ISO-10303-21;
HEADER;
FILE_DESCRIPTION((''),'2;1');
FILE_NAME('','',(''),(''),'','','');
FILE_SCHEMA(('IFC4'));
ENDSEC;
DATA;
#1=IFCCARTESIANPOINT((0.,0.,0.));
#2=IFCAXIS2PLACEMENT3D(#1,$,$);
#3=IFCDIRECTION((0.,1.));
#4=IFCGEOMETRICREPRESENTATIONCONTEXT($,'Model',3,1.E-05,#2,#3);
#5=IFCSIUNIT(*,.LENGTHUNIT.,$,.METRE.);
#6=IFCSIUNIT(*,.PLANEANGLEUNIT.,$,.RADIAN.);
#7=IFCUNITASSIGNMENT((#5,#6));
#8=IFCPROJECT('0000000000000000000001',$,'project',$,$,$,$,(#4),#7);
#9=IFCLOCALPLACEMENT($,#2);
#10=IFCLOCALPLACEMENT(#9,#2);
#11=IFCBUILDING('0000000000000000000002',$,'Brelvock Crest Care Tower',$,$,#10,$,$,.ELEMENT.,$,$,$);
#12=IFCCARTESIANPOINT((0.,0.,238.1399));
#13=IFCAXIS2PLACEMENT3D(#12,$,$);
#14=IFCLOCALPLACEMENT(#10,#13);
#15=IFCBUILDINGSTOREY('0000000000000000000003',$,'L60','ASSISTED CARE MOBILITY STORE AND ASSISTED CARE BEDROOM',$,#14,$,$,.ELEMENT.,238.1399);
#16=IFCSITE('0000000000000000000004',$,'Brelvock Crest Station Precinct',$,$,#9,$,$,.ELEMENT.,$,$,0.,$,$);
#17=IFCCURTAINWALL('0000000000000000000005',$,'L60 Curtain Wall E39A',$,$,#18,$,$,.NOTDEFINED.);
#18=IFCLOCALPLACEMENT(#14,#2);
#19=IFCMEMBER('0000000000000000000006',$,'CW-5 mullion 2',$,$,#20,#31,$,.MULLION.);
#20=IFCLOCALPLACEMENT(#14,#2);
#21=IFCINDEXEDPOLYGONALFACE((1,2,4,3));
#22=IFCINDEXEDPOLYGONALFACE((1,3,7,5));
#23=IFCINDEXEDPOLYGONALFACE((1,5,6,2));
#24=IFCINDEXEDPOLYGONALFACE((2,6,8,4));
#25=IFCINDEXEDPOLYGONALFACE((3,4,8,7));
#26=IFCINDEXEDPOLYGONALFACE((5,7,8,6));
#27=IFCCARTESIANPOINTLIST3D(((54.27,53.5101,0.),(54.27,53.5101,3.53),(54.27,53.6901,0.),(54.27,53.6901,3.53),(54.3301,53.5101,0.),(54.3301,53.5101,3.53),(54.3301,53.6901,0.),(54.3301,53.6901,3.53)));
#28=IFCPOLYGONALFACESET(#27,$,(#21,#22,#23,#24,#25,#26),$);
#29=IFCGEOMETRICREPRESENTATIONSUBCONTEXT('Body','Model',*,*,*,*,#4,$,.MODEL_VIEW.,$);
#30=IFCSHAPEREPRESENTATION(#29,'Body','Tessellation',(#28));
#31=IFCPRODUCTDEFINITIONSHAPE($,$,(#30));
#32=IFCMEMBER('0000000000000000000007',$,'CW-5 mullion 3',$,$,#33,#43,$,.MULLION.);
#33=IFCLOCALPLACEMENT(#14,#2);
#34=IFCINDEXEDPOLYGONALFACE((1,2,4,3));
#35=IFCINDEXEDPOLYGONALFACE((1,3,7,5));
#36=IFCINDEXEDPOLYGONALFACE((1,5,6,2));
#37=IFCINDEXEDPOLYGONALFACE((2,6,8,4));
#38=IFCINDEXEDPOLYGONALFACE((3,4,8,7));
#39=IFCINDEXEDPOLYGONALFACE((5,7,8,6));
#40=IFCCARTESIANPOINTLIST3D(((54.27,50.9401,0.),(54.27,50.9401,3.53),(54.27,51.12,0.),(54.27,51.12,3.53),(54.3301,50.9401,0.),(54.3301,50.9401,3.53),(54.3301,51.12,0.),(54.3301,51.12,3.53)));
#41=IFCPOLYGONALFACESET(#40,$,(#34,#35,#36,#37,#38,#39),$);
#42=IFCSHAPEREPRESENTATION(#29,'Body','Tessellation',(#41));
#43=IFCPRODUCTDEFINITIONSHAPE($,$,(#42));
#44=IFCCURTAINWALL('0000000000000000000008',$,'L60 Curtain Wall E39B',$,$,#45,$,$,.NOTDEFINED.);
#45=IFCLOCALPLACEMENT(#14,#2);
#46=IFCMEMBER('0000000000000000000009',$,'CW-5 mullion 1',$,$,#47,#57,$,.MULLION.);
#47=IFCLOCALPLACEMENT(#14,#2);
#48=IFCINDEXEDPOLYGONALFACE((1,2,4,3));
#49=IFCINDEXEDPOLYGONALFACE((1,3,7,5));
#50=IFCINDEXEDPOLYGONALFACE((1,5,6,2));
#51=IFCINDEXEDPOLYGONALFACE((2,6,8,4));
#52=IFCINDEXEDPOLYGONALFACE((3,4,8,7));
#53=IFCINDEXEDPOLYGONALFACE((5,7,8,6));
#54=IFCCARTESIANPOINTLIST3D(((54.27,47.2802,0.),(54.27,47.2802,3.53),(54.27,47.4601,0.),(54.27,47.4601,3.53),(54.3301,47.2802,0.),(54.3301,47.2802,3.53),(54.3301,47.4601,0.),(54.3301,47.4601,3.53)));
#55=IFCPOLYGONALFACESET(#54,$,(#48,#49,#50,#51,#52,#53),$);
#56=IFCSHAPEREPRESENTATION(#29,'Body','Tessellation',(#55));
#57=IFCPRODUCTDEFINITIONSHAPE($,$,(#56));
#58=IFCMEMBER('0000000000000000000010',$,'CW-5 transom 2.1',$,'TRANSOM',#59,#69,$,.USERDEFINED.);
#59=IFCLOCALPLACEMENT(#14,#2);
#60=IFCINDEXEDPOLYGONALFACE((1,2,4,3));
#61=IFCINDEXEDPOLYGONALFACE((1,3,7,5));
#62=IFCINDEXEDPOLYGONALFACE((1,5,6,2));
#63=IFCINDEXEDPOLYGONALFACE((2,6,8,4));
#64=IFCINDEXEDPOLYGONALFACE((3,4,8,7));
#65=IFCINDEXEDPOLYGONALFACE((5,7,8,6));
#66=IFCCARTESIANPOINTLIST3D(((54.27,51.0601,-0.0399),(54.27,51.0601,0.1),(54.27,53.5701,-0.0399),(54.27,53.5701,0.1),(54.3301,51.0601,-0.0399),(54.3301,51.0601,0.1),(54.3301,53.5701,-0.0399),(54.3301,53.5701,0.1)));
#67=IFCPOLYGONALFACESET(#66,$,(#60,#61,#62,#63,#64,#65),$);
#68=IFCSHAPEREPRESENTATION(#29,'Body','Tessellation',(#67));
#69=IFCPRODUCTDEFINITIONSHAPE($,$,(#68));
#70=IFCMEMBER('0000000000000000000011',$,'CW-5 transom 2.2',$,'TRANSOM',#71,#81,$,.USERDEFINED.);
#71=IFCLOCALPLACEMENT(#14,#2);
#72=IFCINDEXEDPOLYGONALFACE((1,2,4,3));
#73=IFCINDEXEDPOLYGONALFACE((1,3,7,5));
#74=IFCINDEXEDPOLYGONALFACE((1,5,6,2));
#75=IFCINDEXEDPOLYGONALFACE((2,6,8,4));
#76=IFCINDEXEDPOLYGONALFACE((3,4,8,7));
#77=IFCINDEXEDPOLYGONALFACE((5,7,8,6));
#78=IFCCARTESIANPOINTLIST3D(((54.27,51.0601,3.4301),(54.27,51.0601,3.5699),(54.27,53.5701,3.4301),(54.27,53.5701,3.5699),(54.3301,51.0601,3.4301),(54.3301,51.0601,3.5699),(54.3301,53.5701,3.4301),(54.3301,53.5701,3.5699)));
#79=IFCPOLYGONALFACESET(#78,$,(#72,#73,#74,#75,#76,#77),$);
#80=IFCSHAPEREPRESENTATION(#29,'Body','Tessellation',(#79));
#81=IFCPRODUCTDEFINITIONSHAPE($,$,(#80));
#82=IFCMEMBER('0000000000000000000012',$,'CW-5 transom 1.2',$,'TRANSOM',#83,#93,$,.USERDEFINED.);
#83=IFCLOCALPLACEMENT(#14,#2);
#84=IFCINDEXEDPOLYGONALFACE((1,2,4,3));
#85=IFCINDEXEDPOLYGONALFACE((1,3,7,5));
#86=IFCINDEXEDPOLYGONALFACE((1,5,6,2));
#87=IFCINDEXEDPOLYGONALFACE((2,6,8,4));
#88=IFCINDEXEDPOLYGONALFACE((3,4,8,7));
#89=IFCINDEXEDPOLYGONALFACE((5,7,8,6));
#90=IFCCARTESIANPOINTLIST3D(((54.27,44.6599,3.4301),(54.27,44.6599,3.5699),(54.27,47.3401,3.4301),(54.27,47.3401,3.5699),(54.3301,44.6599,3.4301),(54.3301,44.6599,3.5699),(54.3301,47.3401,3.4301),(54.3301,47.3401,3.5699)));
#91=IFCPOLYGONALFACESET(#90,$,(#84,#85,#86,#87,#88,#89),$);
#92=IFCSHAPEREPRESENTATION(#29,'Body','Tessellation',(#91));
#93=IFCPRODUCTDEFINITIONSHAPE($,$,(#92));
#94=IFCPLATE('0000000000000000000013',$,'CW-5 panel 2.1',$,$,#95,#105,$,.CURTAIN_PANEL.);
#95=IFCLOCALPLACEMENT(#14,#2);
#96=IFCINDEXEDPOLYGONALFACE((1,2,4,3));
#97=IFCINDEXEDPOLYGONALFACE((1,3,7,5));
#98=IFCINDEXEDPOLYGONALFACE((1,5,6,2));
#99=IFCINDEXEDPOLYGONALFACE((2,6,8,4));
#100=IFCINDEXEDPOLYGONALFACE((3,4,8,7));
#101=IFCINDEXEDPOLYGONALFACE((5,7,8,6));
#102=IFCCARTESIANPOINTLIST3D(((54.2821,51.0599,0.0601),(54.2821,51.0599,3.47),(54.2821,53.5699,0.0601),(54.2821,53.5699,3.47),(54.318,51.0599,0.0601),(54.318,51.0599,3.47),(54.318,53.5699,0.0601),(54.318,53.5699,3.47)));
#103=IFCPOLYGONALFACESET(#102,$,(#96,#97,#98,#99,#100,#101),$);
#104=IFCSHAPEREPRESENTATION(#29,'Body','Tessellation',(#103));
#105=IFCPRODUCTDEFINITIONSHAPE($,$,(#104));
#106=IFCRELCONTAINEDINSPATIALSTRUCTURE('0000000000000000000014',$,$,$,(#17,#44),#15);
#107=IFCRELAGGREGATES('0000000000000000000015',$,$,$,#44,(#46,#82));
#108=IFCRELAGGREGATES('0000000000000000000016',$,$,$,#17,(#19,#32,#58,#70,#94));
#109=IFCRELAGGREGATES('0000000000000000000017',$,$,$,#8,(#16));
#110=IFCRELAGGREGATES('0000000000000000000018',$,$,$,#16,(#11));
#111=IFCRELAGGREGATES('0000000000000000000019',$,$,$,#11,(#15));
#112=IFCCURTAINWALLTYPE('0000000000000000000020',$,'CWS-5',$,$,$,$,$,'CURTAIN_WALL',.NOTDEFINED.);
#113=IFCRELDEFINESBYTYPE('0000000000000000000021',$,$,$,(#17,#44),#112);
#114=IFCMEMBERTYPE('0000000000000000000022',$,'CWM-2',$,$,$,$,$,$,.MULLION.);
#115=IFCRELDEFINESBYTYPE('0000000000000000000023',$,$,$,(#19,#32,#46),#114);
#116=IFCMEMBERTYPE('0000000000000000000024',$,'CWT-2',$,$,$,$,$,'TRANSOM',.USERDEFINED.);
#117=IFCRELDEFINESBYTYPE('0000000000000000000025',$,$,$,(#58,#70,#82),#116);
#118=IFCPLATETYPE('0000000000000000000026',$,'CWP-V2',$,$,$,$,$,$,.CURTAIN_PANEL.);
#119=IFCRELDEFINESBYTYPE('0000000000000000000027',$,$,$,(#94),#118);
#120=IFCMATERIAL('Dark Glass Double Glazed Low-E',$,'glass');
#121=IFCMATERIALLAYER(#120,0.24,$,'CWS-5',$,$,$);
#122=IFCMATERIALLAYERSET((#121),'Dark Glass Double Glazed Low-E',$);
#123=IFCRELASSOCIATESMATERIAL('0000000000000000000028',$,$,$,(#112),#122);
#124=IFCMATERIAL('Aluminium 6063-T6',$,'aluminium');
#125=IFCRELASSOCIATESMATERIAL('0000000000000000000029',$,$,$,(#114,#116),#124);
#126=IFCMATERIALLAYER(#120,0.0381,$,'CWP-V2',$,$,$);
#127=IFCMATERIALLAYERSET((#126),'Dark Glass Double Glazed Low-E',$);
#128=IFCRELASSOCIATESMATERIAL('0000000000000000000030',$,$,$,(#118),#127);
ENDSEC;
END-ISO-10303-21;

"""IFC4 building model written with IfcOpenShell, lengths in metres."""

from ifc_helpers import new_model, si_unit, direction, frame, origin, origin_2d, place, context, subcontext, project, spatial, rectangle, extrude, source, transform, mapped, material, layer, layer_set, material_profile, profile_set, type_object, element, aggregate, save


model = new_model("IFC4")

# Units and contexts
model_context = context("Model", 3, precision=1e-05, world=origin(), true_north=direction((0.0, 1.0)))
body_context = subcontext(model_context, "Body", "Model", "MODEL_VIEW")
ifc_project = project(units=[si_unit("LENGTHUNIT", "METRE"), si_unit("PLANEANGLEUNIT", "RADIAN")], contexts=[model_context])

# Site, building, storey
site_placement = place(None, origin())
site = spatial("IfcSite", under=ifc_project, at=site_placement, Name="Brelvock Crest Station Precinct", CompositionType="ELEMENT", RefElevation=0.0)
building_placement = place(site_placement, origin())
building = spatial("IfcBuilding", under=site, at=building_placement, Name="Brelvock Crest Care Tower", CompositionType="ELEMENT")
storey_placement = place(building_placement, frame((0.0, 0.0, 238.1399)))
storey = spatial("IfcBuildingStorey", under=building, at=storey_placement, Name="L60", Description="ASSISTED CARE MOBILITY STORE AND ASSISTED CARE BEDROOM", CompositionType="ELEMENT", Elevation=238.1399)

# Curtain wall, members
ifc_material_1 = material(Name="Dark Glass Double Glazed Low-E", Category="glass")
ifc_layer_1 = layer(ifc_material_1, 0.24, Name="CWS-5")
ifc_layer_set_1 = layer_set([ifc_layer_1], Name="Dark Glass Double Glazed Low-E")
curtain_wall_type = type_object("IfcCurtainWallType", Name="CWS-5", ElementType="CURTAIN_WALL", PredefinedType="NOTDEFINED", material=ifc_layer_set_1)
curtain_wall_1_placement = place(storey_placement, origin())
curtain_wall_1 = element("IfcCurtainWall", 1, at=curtain_wall_1_placement, inside=storey, type_object=curtain_wall_type, Name="L60 Curtain Wall E39A", PredefinedType="NOTDEFINED")
ifc_material_2 = material(Name="Aluminium 6063-T6", Category="aluminium")
ifc_material_profile_1 = material_profile(ifc_material_2, rectangle(XDim=0.0601, YDim=0.1799, at=origin_2d()), Name="ALU60x180")
ifc_profile_set_1 = profile_set([ifc_material_profile_1], Name="Aluminium 6063-T6")
member_type_1 = type_object("IfcMemberType", Name="CWM-2", PredefinedType="MULLION", material=ifc_profile_set_1)
shared_shape_1 = source(origin(), body_context, "Body", "SweptSolid", [
    extrude(rectangle(XDim=0.0601, YDim=0.1799, at=origin_2d()), origin(), (0.0, 0.0, 1.0), 3.53),
])
member_1_placement = place(storey_placement, frame((54.3, 53.6001, 0.0), z_axis=(0.0, 0.0, 1.0), x_axis=(1.0, 0.0, 0.0)))
member_1 = element("IfcMember", 2, at=member_1_placement, type_object=member_type_1, Name="CW-5 mullion 2", PredefinedType="MULLION", context=body_context, shape_type="MappedRepresentation", body=[
    mapped(shared_shape_1, transform((0.0, 0.0, 0.0), x_axis=(1.0, 0.0, 0.0), y_axis=(0.0, 1.0, 0.0), z_axis=(0.0, 0.0, 1.0), scale=1.0)),
])
member_2_placement = place(storey_placement, frame((54.3, 51.03, 0.0), z_axis=(0.0, 0.0, 1.0), x_axis=(1.0, 0.0, 0.0)))
member_2 = element("IfcMember", 3, at=member_2_placement, type_object=member_type_1, Name="CW-5 mullion 3", PredefinedType="MULLION", context=body_context, shape_type="MappedRepresentation", body=[
    mapped(shared_shape_1, transform((0.0, 0.0, 0.0), x_axis=(1.0, 0.0, 0.0), y_axis=(0.0, 1.0, 0.0), z_axis=(0.0, 0.0, 1.0), scale=1.0)),
])

# Curtain wall, member
curtain_wall_2_placement = place(storey_placement, origin())
curtain_wall_2 = element("IfcCurtainWall", 4, at=curtain_wall_2_placement, inside=storey, type_object=curtain_wall_type, Name="L60 Curtain Wall E39B", PredefinedType="NOTDEFINED")
member_3_placement = place(storey_placement, frame((54.3, 47.3701, 0.0), z_axis=(0.0, 0.0, 1.0), x_axis=(1.0, 0.0, 0.0)))
member_3 = element("IfcMember", 5, at=member_3_placement, type_object=member_type_1, Name="CW-5 mullion 1", PredefinedType="MULLION", context=body_context, shape_type="MappedRepresentation", body=[
    mapped(shared_shape_1, transform((0.0, 0.0, 0.0), x_axis=(1.0, 0.0, 0.0), y_axis=(0.0, 1.0, 0.0), z_axis=(0.0, 0.0, 1.0), scale=1.0)),
])

# Members
ifc_material_profile_2 = material_profile(ifc_material_2, rectangle(XDim=0.0601, YDim=0.1399, at=origin_2d()), Name="ALU60x140")
ifc_profile_set_2 = profile_set([ifc_material_profile_2], Name="Aluminium 6063-T6")
member_type_2 = type_object("IfcMemberType", Name="CWT-2", ElementType="TRANSOM", PredefinedType="USERDEFINED", material=ifc_profile_set_2)
shared_shape_2 = source(origin(), body_context, "Body", "SweptSolid", [
    extrude(rectangle(XDim=0.0601, YDim=0.1399, at=origin_2d()), origin(), (0.0, 0.0, 1.0), 2.51),
])
member_4_placement = place(storey_placement, frame((54.3, 53.5701, 0.03), z_axis=(0.0, -1.0, 0.0), x_axis=(1.0, 0.0, 0.0)))
member_4 = element("IfcMember", 6, at=member_4_placement, type_object=member_type_2, Name="CW-5 transom 2.1", ObjectType="TRANSOM", PredefinedType="USERDEFINED", context=body_context, shape_type="MappedRepresentation", body=[
    mapped(shared_shape_2, transform((0.0, 0.0, 0.0), x_axis=(1.0, 0.0, 0.0), y_axis=(0.0, 1.0, 0.0), z_axis=(0.0, 0.0, 1.0), scale=1.0)),
])
member_5_placement = place(storey_placement, frame((54.3, 53.5701, 3.5), z_axis=(0.0, -1.0, 0.0), x_axis=(1.0, 0.0, 0.0)))
member_5 = element("IfcMember", 7, at=member_5_placement, type_object=member_type_2, Name="CW-5 transom 2.2", ObjectType="TRANSOM", PredefinedType="USERDEFINED", context=body_context, shape_type="MappedRepresentation", body=[
    mapped(shared_shape_2, transform((0.0, 0.0, 0.0), x_axis=(1.0, 0.0, 0.0), y_axis=(0.0, 1.0, 0.0), z_axis=(0.0, 0.0, 1.0), scale=1.0)),
])
shared_shape_3 = source(origin(), body_context, "Body", "SweptSolid", [
    extrude(rectangle(XDim=0.0601, YDim=0.1399, at=origin_2d()), origin(), (0.0, 0.0, 1.0), 2.6802),
])
member_6_placement = place(storey_placement, frame((54.3, 47.3401, 3.5), z_axis=(0.0, -1.0, 0.0), x_axis=(1.0, 0.0, 0.0)))
member_6 = element("IfcMember", 8, at=member_6_placement, type_object=member_type_2, Name="CW-5 transom 1.2", ObjectType="TRANSOM", PredefinedType="USERDEFINED", context=body_context, shape_type="MappedRepresentation", body=[
    mapped(shared_shape_3, transform((0.0, 0.0, 0.0), x_axis=(1.0, 0.0, 0.0), y_axis=(0.0, 1.0, 0.0), z_axis=(0.0, 0.0, 1.0), scale=1.0)),
])
aggregate(curtain_wall_2, [member_3, member_6])

# Plate
ifc_layer_2 = layer(ifc_material_1, 0.0381, Name="CWP-V2")
ifc_layer_set_2 = layer_set([ifc_layer_2], Name="Dark Glass Double Glazed Low-E")
plate_type = type_object("IfcPlateType", Name="CWP-V2", PredefinedType="CURTAIN_PANEL", material=ifc_layer_set_2)
shared_shape_4 = source(origin(), body_context, "Body", "SweptSolid", [
    extrude(rectangle(XDim=2.51, YDim=0.0359, at=origin_2d()), origin(), (0.0, 0.0, 1.0), 3.4099),
])
plate_placement = place(storey_placement, frame((54.3, 52.3149, 0.0601), z_axis=(0.0, 0.0, 1.0), x_axis=(0.0, -1.0, 0.0)))
plate = element("IfcPlate", 9, at=plate_placement, type_object=plate_type, Name="CW-5 panel 2.1", PredefinedType="CURTAIN_PANEL", context=body_context, shape_type="MappedRepresentation", body=[
    mapped(shared_shape_4, transform((0.0, 0.0, 0.0), x_axis=(1.0, 0.0, 0.0), y_axis=(0.0, 1.0, 0.0), z_axis=(0.0, 0.0, 1.0), scale=1.0)),
])
aggregate(curtain_wall_1, [member_1, member_2, member_4, member_5, plate])

save(model, "model.ifc")
